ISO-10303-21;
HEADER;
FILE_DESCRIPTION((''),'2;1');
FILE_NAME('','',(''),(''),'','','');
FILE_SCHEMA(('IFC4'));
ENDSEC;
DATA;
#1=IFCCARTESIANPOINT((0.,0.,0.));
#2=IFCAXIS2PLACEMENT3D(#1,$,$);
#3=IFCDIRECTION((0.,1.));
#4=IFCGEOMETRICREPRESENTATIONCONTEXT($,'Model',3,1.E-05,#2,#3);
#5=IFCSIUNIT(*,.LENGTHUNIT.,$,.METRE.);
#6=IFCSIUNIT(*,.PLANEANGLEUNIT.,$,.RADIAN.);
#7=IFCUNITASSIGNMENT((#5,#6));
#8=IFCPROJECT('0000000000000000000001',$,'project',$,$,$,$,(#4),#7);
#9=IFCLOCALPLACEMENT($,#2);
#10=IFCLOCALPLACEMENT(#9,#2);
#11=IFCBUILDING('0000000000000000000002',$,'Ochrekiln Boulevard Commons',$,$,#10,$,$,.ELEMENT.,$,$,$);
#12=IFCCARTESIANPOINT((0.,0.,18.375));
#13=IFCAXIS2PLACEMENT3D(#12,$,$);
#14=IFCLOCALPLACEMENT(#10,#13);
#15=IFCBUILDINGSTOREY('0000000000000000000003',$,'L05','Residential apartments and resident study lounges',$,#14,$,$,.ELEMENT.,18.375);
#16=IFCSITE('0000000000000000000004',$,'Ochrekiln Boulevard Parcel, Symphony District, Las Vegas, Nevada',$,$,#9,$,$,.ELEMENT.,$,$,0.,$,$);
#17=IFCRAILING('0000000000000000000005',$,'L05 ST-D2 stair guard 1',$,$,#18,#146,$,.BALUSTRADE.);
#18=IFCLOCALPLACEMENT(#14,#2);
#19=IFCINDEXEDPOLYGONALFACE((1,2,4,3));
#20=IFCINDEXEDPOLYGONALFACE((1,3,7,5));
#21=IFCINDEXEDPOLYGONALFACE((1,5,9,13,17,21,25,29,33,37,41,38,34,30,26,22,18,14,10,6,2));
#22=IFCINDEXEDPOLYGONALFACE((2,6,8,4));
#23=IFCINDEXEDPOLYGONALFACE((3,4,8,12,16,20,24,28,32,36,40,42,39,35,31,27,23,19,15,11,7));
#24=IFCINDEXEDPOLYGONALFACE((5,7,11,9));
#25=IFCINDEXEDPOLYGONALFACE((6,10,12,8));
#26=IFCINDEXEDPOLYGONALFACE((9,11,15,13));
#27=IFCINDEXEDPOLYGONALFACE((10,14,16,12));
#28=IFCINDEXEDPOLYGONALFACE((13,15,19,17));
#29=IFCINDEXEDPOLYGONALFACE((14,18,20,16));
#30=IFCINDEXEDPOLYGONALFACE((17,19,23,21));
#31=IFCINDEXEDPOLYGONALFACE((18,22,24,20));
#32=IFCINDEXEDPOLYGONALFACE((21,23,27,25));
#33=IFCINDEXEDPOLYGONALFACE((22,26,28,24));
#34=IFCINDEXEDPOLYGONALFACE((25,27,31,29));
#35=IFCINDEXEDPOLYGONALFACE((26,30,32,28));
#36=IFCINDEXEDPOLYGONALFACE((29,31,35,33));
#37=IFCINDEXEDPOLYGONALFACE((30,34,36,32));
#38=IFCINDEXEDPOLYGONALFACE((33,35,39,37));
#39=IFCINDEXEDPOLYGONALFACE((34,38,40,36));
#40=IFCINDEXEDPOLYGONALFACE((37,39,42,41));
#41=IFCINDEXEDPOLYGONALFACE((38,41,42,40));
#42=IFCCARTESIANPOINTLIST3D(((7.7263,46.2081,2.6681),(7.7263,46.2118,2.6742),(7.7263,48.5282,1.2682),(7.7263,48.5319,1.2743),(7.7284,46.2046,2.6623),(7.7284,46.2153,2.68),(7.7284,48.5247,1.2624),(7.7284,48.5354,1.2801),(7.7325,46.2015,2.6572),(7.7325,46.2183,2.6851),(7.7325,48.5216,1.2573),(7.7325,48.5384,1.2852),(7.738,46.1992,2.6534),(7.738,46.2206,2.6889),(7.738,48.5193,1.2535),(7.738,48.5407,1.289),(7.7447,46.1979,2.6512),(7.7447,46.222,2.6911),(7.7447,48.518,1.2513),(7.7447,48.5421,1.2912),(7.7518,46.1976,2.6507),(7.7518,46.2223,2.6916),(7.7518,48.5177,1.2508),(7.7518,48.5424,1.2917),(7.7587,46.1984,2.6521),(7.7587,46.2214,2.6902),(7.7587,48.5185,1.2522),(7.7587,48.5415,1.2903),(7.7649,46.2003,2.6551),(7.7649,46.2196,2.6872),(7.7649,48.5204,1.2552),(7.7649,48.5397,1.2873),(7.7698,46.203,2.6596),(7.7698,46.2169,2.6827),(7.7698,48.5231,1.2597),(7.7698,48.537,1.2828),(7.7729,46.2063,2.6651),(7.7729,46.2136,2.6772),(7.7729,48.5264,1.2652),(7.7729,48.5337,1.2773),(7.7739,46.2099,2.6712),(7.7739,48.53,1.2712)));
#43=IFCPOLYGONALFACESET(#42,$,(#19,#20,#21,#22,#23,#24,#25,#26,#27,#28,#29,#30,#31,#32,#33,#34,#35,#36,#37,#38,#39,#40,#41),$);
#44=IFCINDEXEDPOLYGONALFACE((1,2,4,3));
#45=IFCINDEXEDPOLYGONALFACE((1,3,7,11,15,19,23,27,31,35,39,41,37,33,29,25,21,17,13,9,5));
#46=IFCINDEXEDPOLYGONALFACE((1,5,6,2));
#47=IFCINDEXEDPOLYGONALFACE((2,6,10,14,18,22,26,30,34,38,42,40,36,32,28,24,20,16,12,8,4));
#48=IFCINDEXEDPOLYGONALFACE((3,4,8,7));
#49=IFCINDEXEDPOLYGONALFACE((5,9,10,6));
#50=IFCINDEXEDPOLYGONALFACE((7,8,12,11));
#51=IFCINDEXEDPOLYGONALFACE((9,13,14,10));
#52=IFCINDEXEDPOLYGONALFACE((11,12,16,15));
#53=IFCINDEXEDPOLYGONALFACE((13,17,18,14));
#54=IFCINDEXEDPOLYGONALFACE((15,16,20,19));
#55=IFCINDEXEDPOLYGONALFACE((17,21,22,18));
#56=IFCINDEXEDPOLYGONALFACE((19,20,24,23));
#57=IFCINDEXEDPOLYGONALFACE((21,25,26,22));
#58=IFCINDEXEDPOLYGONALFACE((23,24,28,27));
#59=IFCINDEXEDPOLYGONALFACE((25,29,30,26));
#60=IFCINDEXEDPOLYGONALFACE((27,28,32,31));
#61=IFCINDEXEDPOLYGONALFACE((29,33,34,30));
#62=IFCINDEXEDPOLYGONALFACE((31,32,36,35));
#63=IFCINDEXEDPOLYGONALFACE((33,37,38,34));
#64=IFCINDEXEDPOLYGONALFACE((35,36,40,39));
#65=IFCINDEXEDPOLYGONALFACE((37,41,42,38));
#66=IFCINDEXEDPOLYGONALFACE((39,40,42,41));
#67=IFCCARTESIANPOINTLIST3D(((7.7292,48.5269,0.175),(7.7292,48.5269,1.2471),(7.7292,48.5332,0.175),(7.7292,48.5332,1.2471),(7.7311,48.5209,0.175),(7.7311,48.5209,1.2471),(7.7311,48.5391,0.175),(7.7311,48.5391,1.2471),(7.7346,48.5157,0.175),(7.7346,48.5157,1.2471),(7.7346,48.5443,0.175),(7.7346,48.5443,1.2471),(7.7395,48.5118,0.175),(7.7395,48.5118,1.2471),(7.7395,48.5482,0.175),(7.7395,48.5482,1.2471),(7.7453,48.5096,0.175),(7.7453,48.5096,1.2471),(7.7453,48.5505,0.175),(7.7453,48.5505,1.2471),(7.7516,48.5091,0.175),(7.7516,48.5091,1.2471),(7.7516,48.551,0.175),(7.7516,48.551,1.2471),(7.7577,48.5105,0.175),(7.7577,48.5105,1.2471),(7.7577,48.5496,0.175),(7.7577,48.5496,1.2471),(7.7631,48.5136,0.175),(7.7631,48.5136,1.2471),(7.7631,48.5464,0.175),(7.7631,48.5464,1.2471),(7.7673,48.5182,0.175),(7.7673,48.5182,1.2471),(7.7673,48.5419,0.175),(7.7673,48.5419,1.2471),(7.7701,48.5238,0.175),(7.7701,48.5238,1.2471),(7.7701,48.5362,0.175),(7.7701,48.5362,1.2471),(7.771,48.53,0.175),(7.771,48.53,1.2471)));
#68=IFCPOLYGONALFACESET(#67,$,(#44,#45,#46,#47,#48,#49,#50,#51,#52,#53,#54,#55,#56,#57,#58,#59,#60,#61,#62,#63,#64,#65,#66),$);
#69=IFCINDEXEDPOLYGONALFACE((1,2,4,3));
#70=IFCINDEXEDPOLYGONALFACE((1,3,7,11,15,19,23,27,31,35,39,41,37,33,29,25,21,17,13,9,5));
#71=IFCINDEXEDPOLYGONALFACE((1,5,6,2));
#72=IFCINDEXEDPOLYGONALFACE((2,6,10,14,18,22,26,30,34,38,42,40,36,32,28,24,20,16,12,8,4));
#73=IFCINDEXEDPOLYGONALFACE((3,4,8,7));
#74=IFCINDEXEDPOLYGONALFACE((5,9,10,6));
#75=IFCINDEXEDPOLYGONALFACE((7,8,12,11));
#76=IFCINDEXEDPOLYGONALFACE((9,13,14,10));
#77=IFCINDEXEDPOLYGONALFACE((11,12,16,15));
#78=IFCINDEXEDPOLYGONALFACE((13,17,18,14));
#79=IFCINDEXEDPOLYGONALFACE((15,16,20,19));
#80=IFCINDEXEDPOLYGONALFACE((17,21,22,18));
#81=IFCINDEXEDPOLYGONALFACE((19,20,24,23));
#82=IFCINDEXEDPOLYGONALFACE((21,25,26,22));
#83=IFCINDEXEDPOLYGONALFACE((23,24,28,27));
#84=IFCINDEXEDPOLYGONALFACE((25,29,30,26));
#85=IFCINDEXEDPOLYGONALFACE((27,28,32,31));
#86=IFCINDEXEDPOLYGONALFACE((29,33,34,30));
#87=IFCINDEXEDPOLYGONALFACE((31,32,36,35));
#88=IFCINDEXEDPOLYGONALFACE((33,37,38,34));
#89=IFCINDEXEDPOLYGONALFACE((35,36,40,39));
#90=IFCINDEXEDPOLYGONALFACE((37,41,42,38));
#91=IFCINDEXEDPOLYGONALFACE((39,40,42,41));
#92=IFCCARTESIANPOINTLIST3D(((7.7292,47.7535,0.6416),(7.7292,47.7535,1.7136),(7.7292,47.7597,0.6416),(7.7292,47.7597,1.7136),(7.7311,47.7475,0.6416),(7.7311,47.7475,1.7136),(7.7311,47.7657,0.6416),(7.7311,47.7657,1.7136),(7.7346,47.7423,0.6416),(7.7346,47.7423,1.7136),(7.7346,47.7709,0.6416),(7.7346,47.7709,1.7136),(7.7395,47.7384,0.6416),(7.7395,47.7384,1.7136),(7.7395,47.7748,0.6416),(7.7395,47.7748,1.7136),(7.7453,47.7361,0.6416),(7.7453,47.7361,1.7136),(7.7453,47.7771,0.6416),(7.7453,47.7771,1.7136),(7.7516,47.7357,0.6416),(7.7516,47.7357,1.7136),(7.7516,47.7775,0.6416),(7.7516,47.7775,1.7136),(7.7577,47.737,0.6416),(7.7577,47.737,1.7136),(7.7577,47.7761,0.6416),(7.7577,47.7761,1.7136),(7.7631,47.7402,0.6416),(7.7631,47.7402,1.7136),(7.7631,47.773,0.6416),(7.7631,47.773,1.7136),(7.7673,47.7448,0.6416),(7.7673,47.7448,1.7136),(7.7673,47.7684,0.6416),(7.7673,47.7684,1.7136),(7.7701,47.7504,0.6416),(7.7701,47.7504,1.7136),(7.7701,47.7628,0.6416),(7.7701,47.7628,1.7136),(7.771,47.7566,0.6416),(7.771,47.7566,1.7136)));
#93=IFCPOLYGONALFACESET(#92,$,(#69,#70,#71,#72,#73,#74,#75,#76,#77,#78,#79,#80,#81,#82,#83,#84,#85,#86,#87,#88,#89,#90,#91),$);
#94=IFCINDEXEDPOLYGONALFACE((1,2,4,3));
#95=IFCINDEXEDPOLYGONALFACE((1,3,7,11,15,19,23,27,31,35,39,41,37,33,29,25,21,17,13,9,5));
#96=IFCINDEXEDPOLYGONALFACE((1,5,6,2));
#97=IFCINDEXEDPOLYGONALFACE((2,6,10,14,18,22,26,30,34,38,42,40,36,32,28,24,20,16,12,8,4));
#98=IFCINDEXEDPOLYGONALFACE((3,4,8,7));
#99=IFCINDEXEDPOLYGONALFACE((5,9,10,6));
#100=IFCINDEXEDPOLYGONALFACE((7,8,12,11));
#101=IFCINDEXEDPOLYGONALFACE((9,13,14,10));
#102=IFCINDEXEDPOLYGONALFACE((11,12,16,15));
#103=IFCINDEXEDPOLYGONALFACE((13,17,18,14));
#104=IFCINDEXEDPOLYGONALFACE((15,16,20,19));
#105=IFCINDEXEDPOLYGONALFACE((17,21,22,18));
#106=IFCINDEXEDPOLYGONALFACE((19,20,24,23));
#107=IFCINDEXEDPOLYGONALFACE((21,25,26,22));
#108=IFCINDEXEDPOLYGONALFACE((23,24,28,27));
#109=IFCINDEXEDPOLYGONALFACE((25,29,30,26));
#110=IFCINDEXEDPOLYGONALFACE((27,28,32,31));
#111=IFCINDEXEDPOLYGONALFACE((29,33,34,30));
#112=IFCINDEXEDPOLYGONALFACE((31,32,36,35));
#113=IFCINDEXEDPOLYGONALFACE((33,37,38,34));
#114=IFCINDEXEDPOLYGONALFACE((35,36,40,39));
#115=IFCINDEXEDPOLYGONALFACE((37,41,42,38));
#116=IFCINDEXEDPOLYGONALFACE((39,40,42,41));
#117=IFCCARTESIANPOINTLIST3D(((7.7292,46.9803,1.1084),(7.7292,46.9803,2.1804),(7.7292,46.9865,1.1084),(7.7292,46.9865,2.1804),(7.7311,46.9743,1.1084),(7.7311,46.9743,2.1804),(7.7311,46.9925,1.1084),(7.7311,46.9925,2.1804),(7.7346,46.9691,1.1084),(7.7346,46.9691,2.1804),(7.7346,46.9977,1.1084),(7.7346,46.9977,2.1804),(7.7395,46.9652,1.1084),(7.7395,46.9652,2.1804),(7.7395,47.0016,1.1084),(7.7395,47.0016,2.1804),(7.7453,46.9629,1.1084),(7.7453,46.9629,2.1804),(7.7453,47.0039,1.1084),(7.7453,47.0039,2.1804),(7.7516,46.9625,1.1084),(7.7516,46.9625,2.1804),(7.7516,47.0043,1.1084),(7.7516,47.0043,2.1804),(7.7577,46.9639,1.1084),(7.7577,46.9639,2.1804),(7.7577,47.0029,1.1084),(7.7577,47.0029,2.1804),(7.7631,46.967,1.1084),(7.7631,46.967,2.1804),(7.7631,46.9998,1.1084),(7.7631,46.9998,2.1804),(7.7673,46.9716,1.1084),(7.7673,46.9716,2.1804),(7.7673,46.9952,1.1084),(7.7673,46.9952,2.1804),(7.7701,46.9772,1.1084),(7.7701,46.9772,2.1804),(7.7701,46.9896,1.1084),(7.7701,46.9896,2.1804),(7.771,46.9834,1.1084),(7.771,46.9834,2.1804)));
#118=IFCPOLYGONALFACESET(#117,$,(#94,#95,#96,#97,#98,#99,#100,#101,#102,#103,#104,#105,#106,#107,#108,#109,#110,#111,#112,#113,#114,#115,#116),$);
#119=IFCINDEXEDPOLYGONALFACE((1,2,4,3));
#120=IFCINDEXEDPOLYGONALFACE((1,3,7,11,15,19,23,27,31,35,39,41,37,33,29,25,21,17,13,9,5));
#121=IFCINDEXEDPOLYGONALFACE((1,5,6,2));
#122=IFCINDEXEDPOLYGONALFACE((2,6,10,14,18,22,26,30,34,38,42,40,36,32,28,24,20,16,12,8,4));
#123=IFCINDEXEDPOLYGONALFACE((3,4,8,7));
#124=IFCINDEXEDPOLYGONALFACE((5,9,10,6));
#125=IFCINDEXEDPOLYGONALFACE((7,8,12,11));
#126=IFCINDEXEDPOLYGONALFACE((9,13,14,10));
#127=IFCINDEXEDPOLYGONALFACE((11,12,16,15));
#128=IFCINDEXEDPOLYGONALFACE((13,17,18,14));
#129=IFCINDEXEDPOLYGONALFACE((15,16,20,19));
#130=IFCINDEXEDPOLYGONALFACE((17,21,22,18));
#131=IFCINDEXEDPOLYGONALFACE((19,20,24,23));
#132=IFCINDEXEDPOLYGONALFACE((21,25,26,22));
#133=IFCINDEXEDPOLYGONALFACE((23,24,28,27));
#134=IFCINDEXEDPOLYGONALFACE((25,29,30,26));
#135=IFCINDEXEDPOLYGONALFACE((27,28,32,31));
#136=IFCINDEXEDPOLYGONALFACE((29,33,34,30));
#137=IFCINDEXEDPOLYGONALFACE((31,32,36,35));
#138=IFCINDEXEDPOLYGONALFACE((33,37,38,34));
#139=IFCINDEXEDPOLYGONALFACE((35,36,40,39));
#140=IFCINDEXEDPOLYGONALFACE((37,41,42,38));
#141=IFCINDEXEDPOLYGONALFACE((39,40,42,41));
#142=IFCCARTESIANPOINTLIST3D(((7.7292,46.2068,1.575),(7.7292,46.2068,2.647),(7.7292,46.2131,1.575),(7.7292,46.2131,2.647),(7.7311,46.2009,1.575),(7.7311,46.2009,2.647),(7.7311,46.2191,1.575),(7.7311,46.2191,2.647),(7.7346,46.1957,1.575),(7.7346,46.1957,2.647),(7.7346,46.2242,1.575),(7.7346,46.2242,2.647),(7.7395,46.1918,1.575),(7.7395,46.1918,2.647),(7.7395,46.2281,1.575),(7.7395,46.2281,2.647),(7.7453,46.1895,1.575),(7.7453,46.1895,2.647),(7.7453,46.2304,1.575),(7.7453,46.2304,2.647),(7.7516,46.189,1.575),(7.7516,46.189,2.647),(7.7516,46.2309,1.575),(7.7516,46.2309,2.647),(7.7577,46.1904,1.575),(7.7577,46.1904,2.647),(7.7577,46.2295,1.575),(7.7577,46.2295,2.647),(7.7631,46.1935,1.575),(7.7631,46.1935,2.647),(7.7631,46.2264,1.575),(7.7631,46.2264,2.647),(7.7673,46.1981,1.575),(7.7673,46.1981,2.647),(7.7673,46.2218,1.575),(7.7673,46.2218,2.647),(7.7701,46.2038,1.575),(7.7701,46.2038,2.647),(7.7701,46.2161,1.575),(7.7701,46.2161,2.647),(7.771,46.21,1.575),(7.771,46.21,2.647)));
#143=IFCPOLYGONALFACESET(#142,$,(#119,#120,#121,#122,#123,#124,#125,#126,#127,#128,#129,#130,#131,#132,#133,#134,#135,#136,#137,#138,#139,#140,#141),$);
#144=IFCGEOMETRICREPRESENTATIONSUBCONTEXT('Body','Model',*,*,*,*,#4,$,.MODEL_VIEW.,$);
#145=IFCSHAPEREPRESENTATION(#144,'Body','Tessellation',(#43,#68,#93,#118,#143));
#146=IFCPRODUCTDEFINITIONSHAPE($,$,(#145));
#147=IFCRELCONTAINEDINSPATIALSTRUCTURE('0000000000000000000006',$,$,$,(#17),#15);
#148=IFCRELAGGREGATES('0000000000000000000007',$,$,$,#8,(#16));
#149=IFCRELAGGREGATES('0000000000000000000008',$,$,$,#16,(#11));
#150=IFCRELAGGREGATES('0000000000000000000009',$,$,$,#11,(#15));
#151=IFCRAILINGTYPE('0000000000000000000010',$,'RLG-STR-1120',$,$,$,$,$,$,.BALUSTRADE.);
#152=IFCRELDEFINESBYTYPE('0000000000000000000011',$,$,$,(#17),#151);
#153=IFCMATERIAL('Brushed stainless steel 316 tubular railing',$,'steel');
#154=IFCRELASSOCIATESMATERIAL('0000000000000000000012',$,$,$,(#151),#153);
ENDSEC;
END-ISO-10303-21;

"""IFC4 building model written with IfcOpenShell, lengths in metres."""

from ifc_helpers import new_model, si_unit, direction, frame, origin, origin_2d, place, context, subcontext, project, spatial, circle, extrude, material, type_object, element, save


model = new_model("IFC4")

# Units and contexts
model_context = context("Model", 3, precision=1e-05, world=origin(), true_north=direction((0.0, 1.0)))
body_context = subcontext(model_context, "Body", "Model", "MODEL_VIEW")
ifc_project = project(units=[si_unit("LENGTHUNIT", "METRE"), si_unit("PLANEANGLEUNIT", "RADIAN")], contexts=[model_context])

# Site, building, storey
site_placement = place(None, origin())
site = spatial("IfcSite", under=ifc_project, at=site_placement, Name="Ochrekiln Boulevard Parcel, Symphony District, Las Vegas, Nevada", CompositionType="ELEMENT", RefElevation=0.0)
building_placement = place(site_placement, origin())
building = spatial("IfcBuilding", under=site, at=building_placement, Name="Ochrekiln Boulevard Commons", CompositionType="ELEMENT")
storey_placement = place(building_placement, frame((0.0, 0.0, 18.375)))
storey = spatial("IfcBuildingStorey", under=building, at=storey_placement, Name="L05", Description="Residential apartments and resident study lounges", CompositionType="ELEMENT", Elevation=18.375)

# Railing
ifc_material_1 = material(Name="Brushed stainless steel 316 tubular railing", Category="steel")
railing_type_1 = type_object("IfcRailingType", Name="RLG-STR-1120", PredefinedType="BALUSTRADE", material=ifc_material_1)
railing_1_placement = place(storey_placement, frame((7.75, 48.53, 0.175)))
element("IfcRailing", 1, at=railing_1_placement, inside=storey, type_object=railing_type_1, Name="L05 ST-D2 stair guard 1", PredefinedType="BALUSTRADE", context=body_context, shape_type="SweptSolid", body=[
    extrude(circle(Radius=0.0239, at=origin_2d()), frame((0.0, 0.0, 1.0962), z_axis=(0.0, -0.85621, 0.516627), x_axis=(1.0, 0.0, 0.0)), (0.0, 0.0, 1.0), 2.7097),
    extrude(circle(Radius=0.021, at=origin_2d()), origin(), (0.0, 0.0, 1.0), 1.072),
    extrude(circle(Radius=0.021, at=origin_2d()), frame((0.0, -0.7734, 0.4666)), (0.0, 0.0, 1.0), 1.072),
    extrude(circle(Radius=0.021, at=origin_2d()), frame((0.0, -1.5466, 0.9333)), (0.0, 0.0, 1.0), 1.072),
    extrude(circle(Radius=0.021, at=origin_2d()), frame((0.0, -2.3201, 1.3999)), (0.0, 0.0, 1.0), 1.072),
])

save(model, "model.ifc")
